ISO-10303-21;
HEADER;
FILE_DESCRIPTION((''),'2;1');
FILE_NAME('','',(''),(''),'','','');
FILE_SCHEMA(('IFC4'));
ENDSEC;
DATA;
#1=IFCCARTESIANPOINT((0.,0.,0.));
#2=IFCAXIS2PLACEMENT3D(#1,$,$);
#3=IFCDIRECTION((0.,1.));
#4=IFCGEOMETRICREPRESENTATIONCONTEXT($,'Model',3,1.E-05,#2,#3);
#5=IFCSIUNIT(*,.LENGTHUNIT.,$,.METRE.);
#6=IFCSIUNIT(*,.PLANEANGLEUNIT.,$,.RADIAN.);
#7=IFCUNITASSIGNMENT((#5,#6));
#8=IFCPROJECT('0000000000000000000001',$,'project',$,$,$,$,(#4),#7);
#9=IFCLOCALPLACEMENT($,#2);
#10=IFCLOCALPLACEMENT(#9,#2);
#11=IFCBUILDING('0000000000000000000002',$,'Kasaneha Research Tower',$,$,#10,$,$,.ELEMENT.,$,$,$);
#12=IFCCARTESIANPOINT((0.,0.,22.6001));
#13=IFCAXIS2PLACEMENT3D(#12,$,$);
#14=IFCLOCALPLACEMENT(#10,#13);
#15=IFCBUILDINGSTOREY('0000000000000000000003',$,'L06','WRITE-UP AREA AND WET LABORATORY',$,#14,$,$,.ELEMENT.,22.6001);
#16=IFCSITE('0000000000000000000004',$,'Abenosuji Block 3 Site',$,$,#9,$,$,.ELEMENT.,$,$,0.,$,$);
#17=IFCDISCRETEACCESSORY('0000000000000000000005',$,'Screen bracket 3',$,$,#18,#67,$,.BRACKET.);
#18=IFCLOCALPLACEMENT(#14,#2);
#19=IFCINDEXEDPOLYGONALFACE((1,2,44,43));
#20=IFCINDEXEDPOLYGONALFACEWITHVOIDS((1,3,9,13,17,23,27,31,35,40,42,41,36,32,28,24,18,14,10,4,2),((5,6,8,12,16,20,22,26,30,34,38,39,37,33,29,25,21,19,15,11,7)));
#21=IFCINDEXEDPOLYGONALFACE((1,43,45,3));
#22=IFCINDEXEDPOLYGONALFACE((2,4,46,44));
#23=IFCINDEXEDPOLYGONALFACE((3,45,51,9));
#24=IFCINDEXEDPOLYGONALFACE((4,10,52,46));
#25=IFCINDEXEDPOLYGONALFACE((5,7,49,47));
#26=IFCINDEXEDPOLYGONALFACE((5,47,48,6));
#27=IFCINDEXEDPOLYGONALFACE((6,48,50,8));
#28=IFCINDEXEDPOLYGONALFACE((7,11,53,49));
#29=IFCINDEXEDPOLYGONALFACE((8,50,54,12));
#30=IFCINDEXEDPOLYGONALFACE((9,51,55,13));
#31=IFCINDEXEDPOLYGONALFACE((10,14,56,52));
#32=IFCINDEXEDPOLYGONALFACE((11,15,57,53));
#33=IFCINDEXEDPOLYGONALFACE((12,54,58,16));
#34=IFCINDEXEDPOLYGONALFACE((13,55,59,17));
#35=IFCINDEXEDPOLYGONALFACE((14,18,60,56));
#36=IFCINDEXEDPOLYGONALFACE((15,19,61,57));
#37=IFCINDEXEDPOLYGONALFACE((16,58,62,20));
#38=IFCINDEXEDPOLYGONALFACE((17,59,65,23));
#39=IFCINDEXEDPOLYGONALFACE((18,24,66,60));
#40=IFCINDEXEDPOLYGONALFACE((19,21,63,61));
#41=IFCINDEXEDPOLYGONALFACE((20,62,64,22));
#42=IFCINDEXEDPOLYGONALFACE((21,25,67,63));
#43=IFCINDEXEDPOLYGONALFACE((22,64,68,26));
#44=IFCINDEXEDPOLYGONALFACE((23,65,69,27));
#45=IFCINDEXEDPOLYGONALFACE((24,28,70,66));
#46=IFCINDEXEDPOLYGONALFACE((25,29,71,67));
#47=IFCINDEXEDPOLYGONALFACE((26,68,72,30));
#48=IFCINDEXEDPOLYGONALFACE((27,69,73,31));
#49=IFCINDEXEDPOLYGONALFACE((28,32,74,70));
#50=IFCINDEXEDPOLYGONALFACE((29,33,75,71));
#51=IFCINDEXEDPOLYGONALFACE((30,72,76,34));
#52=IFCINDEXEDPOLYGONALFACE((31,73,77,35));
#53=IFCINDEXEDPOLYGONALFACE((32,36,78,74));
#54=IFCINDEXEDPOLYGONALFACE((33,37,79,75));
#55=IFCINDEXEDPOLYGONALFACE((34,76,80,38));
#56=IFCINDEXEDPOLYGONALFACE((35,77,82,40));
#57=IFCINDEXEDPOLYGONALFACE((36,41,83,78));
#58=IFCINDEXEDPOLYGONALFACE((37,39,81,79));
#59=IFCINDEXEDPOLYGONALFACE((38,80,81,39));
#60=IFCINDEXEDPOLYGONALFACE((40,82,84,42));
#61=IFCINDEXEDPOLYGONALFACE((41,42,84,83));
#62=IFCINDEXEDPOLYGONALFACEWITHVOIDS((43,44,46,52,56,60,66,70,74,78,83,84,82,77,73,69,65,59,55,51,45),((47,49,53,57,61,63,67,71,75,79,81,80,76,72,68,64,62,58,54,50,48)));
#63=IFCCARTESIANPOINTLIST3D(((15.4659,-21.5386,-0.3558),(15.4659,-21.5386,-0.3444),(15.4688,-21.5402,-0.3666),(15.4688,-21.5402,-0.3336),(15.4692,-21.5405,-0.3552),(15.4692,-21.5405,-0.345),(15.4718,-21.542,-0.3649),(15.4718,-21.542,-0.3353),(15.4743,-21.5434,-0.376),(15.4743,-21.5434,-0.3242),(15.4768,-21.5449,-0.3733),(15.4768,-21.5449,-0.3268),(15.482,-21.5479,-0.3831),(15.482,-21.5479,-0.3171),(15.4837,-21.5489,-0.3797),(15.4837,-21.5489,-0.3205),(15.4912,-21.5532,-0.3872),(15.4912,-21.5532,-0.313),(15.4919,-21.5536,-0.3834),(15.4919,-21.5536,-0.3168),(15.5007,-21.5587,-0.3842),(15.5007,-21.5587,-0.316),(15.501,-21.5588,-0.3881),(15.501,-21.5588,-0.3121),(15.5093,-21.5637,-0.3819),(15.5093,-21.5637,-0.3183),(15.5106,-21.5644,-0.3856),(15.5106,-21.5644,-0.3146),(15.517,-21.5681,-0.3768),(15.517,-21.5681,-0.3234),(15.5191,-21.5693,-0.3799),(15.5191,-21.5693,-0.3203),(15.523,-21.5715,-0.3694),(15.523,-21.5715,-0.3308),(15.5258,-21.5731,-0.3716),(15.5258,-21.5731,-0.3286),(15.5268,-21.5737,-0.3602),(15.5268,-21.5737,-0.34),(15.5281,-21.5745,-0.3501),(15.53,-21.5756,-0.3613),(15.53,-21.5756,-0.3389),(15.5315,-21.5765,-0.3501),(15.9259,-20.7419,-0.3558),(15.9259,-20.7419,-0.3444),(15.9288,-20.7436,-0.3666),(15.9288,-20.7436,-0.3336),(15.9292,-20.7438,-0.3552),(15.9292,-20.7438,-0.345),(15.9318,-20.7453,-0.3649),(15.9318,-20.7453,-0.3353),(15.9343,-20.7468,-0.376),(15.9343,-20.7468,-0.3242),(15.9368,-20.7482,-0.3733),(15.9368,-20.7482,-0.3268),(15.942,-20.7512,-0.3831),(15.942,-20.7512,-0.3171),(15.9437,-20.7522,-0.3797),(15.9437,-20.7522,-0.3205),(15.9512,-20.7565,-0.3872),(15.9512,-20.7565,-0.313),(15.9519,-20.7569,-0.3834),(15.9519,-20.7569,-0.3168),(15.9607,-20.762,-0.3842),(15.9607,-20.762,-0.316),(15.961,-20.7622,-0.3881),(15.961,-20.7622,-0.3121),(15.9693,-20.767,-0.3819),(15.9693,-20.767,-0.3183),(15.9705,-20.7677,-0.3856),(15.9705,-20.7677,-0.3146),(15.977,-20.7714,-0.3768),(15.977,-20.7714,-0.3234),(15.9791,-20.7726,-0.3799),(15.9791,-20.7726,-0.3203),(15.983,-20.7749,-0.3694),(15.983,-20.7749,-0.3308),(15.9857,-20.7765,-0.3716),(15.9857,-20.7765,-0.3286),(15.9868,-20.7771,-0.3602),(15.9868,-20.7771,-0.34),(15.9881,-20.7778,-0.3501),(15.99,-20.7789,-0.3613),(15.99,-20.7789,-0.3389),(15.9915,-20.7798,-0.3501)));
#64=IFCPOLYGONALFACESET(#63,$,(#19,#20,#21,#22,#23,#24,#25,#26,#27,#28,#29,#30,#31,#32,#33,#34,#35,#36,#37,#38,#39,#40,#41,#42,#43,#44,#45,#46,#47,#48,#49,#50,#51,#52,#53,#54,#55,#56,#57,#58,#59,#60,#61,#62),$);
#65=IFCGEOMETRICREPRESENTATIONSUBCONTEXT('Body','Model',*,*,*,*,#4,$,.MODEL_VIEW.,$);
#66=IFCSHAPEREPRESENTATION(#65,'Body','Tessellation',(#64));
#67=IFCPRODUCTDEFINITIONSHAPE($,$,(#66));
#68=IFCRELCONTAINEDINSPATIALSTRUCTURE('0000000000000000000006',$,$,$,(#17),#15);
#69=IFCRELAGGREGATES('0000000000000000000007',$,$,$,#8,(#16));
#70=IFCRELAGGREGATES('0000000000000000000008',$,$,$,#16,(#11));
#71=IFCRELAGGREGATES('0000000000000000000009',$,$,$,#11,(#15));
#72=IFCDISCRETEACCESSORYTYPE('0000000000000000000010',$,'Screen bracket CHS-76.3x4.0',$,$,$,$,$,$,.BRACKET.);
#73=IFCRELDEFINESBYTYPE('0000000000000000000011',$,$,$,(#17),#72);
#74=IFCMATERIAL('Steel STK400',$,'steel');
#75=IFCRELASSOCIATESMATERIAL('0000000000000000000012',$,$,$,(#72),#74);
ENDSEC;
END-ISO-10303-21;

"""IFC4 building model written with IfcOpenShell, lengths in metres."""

from ifc_helpers import new_model, si_unit, direction, frame, origin, origin_2d, place, context, subcontext, project, spatial, hollow_circle, extrude, material, material_profile, profile_set, type_object, element, save


model = new_model("IFC4")

# Units and contexts
model_context = context("Model", 3, precision=1e-05, world=origin(), true_north=direction((0.0, 1.0)))
body_context = subcontext(model_context, "Body", "Model", "MODEL_VIEW")
ifc_project = project(units=[si_unit("LENGTHUNIT", "METRE"), si_unit("PLANEANGLEUNIT", "RADIAN")], contexts=[model_context])

# Site, building, storey
site_placement = place(None, origin())
site = spatial("IfcSite", under=ifc_project, at=site_placement, Name="Abenosuji Block 3 Site", CompositionType="ELEMENT", RefElevation=0.0)
building_placement = place(site_placement, origin())
building = spatial("IfcBuilding", under=site, at=building_placement, Name="Kasaneha Research Tower", CompositionType="ELEMENT")
storey_placement = place(building_placement, frame((0.0, 0.0, 22.6001)))
storey = spatial("IfcBuildingStorey", under=building, at=storey_placement, Name="L06", Description="WRITE-UP AREA AND WET LABORATORY", CompositionType="ELEMENT", Elevation=22.6001)

# Discrete accessory
ifc_material_1 = material(Name="Steel STK400", Category="steel")
ifc_material_profile_1 = material_profile(ifc_material_1, hollow_circle(Radius=0.0381, WallThickness=0.0039, at=origin_2d()), Name="CHS-76.3x4.0")
ifc_profile_set_1 = profile_set([ifc_material_profile_1], Name="Steel STK400")
discrete_accessory_type = type_object("IfcDiscreteAccessoryType", Name="Screen bracket CHS-76.3x4.0", PredefinedType="BRACKET", material=ifc_profile_set_1)
discrete_accessory_1_placement = place(storey_placement, frame((15.9585, -20.7607, -0.3501), z_axis=(-0.500021, -0.866013, 0.0), x_axis=(0.866013, -0.500021, 0.0)))
element("IfcDiscreteAccessory", 1, at=discrete_accessory_1_placement, inside=storey, type_object=discrete_accessory_type, Name="Screen bracket 3", PredefinedType="BRACKET", context=body_context, shape_type="SweptSolid", body=[
    extrude(hollow_circle(Radius=0.0381, WallThickness=0.0039, at=origin_2d()), origin(), (0.0, 0.0, 1.0), 0.9199),
])

save(model, "model.ifc")
